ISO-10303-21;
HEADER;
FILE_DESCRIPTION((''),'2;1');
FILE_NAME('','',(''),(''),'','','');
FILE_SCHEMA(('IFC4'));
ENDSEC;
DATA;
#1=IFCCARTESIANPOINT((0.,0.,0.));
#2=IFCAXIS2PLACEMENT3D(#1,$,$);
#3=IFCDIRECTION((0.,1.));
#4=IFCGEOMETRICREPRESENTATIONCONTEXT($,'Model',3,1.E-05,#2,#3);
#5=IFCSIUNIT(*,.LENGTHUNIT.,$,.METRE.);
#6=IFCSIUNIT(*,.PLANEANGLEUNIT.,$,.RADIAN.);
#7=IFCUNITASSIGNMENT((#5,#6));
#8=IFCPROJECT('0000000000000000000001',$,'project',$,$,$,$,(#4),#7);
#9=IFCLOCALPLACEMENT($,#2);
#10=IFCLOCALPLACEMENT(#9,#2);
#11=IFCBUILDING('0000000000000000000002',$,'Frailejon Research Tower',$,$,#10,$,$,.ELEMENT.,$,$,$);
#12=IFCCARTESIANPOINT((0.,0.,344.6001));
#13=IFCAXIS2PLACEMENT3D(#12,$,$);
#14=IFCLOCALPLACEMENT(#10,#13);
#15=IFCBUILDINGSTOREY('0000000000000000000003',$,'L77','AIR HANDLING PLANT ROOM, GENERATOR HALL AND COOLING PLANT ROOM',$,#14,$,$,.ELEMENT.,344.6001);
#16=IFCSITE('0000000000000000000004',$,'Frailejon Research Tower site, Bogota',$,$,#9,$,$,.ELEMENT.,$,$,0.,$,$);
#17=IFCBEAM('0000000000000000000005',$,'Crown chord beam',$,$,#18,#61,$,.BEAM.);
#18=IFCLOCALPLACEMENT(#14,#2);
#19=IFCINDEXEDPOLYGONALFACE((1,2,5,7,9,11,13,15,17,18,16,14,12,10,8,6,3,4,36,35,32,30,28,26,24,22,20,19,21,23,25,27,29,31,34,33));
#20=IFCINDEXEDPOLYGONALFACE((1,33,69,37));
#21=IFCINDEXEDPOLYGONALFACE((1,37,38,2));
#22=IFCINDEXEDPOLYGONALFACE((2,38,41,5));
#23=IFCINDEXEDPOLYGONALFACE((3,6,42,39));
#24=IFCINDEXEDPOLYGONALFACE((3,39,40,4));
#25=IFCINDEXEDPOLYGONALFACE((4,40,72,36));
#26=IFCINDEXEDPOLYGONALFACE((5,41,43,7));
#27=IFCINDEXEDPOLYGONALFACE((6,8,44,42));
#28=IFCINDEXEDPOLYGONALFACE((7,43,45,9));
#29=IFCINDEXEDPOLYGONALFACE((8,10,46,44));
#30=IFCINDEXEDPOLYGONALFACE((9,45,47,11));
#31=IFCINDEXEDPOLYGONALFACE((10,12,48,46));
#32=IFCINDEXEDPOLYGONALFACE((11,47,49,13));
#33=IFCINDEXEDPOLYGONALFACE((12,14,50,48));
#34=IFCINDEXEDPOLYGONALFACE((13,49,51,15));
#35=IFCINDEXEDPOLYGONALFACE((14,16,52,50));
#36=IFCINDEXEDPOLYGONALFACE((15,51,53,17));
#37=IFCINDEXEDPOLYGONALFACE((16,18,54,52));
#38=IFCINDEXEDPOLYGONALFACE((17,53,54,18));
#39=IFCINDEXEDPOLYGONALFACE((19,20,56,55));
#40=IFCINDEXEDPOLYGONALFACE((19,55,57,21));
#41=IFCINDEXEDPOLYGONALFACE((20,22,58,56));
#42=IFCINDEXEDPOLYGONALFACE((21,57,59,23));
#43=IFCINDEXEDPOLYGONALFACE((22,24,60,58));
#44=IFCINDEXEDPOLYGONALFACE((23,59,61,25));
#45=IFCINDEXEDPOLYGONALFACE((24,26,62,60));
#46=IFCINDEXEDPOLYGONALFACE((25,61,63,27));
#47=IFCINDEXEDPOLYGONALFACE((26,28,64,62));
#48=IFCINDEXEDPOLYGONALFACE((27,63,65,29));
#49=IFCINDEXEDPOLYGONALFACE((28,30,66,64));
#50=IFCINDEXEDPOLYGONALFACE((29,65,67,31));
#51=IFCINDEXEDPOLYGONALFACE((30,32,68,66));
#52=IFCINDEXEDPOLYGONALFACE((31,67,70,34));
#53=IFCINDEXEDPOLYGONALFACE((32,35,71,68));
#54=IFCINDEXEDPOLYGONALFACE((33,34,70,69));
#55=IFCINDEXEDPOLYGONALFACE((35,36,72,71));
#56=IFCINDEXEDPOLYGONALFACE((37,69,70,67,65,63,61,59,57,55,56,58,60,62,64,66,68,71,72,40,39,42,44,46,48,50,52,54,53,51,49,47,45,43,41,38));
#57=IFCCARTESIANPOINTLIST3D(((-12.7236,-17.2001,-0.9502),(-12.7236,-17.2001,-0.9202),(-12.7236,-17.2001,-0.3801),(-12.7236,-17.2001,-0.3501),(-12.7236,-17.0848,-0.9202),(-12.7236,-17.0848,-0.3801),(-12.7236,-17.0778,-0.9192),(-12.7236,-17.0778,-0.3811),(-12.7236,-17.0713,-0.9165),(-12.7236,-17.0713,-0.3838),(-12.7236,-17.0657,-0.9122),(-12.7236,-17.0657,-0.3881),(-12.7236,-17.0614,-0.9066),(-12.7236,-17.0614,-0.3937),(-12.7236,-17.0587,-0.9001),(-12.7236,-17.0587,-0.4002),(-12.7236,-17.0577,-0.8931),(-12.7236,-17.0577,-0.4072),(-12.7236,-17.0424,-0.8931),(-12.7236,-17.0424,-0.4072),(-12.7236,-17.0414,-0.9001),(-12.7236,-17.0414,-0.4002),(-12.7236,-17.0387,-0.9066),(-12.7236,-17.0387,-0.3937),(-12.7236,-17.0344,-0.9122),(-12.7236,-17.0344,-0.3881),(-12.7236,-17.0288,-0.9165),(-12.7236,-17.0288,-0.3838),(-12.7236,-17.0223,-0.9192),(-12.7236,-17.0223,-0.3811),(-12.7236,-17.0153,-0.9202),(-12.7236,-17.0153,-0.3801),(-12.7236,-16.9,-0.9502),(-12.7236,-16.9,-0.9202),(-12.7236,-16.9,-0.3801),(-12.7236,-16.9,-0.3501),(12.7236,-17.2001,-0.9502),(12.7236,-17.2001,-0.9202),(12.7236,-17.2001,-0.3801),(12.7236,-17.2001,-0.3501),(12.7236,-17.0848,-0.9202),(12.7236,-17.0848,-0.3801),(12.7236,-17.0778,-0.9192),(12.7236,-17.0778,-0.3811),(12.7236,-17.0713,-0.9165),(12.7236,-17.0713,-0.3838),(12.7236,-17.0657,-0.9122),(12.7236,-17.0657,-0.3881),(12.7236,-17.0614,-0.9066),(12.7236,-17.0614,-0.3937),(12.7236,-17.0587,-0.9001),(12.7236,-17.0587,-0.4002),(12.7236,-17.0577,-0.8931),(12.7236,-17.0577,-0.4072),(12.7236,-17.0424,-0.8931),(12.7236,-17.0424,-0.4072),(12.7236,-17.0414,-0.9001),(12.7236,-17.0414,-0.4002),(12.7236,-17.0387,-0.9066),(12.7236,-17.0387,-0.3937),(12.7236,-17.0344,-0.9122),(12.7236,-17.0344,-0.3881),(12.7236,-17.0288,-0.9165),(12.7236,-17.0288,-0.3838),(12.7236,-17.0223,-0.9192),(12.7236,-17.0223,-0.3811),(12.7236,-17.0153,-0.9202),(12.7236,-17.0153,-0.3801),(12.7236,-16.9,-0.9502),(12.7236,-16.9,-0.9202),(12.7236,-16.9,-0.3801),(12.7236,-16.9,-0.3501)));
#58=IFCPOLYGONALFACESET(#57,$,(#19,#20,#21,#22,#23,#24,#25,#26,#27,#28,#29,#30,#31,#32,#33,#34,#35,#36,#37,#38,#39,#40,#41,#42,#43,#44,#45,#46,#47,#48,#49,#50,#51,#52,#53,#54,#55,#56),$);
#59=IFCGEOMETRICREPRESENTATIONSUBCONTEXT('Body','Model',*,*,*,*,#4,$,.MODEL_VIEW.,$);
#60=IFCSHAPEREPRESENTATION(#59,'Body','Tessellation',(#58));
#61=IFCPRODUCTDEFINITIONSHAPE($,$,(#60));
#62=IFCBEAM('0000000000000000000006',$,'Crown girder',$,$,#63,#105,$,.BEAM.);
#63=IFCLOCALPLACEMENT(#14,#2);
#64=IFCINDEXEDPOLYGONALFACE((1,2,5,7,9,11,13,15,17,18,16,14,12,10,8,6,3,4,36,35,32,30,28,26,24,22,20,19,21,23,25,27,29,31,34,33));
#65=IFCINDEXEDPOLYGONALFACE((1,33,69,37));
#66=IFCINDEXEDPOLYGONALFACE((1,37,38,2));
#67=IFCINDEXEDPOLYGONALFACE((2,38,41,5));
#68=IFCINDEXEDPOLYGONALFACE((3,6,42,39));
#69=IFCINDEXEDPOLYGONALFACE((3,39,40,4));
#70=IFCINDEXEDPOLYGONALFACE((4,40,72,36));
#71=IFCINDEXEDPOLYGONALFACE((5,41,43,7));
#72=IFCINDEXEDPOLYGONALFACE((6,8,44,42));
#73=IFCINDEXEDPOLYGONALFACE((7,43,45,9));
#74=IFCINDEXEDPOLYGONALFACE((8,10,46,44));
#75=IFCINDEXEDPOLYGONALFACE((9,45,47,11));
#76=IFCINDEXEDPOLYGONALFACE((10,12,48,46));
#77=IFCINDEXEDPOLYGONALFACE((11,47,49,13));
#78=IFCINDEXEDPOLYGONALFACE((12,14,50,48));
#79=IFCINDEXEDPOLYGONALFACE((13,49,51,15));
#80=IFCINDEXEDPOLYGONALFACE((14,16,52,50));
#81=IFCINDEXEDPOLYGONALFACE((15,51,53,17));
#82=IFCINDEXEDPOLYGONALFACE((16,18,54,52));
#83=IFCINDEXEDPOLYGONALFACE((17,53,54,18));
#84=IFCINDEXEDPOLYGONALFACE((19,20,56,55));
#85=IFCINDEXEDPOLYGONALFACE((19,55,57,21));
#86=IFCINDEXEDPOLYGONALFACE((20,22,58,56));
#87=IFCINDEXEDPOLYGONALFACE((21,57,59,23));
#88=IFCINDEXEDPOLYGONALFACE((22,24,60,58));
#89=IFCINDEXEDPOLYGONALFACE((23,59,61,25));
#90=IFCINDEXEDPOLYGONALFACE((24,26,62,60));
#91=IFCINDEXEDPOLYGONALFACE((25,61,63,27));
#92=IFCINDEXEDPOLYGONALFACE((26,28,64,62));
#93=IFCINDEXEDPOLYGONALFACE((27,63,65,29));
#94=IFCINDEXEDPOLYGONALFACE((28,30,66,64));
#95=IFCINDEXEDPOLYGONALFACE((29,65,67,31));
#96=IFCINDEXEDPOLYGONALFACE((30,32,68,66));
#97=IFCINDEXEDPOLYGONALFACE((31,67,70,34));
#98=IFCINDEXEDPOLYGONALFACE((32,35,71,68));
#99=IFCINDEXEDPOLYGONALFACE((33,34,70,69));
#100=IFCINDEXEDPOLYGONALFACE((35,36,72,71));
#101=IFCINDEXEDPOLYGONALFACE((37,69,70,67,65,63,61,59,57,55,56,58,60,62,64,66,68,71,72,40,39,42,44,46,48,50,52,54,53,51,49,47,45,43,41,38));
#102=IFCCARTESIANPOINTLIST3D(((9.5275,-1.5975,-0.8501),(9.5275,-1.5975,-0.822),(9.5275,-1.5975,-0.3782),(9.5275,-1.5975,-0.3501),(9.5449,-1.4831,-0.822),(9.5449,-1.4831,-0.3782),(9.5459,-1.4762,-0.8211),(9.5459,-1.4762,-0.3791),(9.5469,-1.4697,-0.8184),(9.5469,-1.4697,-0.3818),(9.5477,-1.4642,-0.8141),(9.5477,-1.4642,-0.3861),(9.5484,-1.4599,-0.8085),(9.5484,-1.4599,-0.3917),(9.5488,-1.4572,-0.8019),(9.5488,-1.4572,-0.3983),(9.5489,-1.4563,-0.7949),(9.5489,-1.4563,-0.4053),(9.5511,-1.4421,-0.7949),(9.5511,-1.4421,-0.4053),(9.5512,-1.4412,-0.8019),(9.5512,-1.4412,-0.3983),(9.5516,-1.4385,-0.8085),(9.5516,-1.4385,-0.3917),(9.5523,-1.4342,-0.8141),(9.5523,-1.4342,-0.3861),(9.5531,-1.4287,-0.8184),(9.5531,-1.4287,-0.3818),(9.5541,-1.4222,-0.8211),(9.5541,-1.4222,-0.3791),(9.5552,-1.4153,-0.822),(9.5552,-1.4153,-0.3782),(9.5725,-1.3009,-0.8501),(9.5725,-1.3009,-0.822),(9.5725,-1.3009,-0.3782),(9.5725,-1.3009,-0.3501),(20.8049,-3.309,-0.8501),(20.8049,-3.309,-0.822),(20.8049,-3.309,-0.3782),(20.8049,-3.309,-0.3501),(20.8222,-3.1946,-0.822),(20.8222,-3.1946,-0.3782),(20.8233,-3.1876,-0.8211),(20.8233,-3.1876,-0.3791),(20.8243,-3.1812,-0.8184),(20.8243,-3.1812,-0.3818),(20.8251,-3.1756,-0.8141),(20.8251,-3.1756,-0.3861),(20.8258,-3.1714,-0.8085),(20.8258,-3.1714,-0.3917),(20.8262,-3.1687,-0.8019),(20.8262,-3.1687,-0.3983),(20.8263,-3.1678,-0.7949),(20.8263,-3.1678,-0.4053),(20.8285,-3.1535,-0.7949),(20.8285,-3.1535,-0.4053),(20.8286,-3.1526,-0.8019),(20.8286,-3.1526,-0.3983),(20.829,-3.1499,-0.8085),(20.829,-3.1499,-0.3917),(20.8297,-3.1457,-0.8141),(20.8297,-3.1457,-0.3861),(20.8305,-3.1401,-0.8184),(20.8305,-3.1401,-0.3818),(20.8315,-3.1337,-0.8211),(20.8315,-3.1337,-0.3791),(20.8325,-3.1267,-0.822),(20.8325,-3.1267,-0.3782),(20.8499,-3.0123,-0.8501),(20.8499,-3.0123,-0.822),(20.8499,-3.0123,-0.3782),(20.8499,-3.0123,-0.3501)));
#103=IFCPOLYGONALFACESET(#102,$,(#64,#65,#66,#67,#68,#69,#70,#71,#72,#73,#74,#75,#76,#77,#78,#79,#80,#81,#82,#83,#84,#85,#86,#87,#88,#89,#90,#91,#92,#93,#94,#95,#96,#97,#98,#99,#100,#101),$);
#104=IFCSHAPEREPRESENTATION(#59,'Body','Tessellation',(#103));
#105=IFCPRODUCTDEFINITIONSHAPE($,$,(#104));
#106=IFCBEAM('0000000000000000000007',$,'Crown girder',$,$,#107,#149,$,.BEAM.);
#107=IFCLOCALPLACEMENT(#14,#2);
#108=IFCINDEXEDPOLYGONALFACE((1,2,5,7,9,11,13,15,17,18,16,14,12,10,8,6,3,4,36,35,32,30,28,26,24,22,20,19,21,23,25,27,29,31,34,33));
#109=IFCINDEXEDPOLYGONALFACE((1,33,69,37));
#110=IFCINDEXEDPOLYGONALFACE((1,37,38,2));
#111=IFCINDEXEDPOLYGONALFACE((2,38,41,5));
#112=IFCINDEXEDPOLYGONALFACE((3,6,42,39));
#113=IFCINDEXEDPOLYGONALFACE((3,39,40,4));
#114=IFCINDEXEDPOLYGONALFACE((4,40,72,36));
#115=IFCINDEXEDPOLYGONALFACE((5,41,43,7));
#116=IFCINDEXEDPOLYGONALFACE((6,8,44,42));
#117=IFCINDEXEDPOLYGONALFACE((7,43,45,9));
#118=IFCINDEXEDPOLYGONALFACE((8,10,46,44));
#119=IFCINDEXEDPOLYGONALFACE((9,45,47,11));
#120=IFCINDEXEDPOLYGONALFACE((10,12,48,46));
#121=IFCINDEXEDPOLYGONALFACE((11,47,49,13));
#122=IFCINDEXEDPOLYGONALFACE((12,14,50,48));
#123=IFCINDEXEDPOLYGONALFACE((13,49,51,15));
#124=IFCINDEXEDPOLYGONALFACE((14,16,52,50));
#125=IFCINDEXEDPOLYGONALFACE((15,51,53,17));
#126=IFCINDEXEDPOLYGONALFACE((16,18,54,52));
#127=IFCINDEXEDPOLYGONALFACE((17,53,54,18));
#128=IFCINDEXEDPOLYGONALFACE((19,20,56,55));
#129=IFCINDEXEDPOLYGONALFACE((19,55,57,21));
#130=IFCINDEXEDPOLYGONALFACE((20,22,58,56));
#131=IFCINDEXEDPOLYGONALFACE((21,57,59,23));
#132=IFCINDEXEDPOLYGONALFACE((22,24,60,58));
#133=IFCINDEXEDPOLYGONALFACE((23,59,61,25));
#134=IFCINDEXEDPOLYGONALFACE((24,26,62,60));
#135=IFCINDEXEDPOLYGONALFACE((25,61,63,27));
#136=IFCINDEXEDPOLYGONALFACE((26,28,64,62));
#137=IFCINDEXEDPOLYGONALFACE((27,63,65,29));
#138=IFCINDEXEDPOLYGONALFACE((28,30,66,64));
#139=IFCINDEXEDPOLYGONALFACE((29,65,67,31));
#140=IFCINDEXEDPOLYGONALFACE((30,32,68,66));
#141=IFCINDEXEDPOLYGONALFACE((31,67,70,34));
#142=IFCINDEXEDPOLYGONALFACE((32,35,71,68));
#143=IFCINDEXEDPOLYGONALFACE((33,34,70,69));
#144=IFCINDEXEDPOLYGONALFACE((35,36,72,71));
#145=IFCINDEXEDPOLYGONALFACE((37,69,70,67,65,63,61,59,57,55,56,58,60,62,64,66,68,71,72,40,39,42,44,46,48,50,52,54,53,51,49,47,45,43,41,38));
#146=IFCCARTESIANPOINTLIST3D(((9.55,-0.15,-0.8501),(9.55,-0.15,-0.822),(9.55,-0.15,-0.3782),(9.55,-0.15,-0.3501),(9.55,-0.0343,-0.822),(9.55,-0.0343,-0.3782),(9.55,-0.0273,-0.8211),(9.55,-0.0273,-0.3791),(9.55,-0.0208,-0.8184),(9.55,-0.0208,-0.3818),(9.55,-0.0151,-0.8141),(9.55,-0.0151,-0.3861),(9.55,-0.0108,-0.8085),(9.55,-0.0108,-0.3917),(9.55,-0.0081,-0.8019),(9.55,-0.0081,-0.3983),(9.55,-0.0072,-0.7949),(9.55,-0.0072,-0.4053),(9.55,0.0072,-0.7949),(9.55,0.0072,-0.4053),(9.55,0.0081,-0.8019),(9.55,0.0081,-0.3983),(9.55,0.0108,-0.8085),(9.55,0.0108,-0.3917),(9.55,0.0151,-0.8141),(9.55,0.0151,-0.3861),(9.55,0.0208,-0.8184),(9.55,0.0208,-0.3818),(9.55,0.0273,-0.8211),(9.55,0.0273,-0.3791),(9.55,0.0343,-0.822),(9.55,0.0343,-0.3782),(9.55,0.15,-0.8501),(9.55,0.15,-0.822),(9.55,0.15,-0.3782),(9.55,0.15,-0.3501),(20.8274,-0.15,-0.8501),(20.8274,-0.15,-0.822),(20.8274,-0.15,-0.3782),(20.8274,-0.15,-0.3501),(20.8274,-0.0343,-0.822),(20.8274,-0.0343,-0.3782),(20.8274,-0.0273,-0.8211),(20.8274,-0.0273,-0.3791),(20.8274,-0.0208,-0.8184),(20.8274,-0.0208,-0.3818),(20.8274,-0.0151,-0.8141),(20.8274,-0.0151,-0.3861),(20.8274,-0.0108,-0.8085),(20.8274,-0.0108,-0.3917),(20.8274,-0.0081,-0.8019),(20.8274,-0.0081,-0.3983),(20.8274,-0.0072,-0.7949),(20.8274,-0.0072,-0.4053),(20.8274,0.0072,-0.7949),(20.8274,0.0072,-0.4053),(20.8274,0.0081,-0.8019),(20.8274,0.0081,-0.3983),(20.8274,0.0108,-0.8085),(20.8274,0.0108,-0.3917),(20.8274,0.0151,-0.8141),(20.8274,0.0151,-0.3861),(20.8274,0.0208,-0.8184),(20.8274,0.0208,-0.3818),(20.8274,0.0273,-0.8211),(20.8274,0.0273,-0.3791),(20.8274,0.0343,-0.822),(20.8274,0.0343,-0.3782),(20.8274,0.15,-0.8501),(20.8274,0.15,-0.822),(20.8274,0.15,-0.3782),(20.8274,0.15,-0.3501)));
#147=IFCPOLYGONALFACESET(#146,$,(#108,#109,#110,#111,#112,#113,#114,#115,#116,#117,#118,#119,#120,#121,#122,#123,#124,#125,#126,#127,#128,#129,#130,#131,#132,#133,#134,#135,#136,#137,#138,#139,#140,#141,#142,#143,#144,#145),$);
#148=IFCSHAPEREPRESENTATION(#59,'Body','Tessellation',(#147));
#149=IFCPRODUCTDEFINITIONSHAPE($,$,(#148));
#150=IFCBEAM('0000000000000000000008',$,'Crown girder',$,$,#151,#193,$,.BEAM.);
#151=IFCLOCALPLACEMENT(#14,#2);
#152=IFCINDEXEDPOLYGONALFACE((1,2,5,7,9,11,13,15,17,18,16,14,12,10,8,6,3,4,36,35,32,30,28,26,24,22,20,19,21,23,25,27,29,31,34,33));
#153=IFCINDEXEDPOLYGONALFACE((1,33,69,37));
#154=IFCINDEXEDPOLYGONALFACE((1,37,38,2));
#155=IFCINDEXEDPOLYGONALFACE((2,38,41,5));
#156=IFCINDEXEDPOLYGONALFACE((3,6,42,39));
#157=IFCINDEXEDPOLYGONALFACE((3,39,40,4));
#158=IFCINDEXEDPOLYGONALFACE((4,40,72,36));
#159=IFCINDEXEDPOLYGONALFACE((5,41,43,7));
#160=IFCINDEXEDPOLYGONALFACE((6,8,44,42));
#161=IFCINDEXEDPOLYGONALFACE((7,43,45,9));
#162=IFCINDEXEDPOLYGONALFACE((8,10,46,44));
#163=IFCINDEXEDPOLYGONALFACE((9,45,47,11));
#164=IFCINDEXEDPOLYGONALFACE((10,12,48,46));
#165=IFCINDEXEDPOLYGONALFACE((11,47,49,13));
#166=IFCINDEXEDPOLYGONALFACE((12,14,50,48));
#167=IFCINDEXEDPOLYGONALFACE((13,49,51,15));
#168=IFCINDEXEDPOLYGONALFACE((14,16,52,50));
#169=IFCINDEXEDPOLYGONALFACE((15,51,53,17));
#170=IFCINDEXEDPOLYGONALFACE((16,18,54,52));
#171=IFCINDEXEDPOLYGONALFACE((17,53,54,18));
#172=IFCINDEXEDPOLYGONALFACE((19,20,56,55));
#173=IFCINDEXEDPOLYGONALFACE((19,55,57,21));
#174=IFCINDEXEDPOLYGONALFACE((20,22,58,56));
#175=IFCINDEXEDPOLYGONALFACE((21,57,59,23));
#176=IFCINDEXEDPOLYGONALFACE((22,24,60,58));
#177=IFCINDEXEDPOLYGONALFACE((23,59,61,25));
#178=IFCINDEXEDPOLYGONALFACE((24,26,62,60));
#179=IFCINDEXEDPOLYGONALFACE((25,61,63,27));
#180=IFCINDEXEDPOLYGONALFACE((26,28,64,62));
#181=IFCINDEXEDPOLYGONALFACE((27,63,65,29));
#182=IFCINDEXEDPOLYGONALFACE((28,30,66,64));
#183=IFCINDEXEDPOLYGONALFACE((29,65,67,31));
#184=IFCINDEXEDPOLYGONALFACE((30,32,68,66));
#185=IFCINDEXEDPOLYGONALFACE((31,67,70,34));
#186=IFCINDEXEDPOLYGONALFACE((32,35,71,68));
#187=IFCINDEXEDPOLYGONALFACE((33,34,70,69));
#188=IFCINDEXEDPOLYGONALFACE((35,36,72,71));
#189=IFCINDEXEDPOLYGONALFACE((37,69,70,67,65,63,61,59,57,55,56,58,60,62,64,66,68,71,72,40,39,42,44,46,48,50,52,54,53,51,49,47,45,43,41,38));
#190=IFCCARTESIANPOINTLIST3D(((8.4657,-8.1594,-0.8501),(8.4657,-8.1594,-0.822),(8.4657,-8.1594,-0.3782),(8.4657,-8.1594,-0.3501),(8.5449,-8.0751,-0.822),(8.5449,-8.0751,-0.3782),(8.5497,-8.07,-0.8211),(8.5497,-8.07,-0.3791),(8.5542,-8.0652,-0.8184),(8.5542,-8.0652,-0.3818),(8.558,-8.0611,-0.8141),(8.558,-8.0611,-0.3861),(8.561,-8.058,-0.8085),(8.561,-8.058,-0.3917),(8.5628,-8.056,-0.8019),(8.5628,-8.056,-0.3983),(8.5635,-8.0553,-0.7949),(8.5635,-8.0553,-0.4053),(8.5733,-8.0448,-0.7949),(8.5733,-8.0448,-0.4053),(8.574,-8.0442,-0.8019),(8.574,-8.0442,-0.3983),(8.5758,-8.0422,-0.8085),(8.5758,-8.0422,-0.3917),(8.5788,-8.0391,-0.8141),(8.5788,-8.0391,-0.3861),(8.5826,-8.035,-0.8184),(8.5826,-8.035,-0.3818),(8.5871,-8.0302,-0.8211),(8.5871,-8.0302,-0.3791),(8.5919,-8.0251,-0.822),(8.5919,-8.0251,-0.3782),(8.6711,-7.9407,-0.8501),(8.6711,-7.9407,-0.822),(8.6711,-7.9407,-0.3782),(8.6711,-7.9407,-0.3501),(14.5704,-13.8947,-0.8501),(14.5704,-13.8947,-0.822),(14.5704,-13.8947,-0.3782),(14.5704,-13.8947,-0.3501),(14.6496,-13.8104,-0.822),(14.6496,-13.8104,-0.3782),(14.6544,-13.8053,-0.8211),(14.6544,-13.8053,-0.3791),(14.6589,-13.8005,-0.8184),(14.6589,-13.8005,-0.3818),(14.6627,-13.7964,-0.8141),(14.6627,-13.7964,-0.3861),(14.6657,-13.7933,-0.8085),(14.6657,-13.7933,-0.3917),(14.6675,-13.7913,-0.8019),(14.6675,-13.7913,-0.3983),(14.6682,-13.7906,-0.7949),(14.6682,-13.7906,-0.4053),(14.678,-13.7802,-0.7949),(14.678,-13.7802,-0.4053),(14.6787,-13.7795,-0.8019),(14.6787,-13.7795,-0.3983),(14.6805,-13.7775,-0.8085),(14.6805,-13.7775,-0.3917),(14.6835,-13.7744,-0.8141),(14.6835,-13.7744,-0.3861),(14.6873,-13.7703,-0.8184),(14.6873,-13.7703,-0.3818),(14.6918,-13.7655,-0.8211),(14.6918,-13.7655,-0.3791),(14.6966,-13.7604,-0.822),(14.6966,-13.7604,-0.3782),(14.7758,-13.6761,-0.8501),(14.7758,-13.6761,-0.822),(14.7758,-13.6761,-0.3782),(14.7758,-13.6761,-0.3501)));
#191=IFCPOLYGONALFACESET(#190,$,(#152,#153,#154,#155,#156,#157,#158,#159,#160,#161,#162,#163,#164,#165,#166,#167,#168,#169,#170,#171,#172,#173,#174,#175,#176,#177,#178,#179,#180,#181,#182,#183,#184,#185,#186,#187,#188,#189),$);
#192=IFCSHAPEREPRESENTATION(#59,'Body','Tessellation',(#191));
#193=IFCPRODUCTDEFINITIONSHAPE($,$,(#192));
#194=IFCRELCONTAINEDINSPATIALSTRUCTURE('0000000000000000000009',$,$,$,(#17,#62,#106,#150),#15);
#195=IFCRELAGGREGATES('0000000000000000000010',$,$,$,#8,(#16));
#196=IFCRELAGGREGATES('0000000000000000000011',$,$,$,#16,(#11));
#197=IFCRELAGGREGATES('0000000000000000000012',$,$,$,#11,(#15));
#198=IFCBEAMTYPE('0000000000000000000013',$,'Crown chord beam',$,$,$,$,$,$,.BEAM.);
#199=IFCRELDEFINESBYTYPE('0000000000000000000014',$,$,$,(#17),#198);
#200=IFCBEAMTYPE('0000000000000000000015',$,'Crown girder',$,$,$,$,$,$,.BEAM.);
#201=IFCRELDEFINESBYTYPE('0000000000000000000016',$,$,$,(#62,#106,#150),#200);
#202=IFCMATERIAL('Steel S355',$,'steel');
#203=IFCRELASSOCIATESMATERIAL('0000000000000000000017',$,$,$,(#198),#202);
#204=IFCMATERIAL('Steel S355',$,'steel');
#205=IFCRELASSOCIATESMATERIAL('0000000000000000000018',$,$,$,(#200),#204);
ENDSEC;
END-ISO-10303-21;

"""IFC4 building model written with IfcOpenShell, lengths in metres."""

from ifc_helpers import new_model, si_unit, direction, frame, origin, origin_2d, place, context, subcontext, project, spatial, i_section, extrude, material, material_profile, profile_set, type_object, element, save


model = new_model("IFC4")

# Units and contexts
model_context = context("Model", 3, precision=1e-05, world=origin(), true_north=direction((0.0, 1.0)))
body_context = subcontext(model_context, "Body", "Model", "MODEL_VIEW")
ifc_project = project(units=[si_unit("LENGTHUNIT", "METRE"), si_unit("PLANEANGLEUNIT", "RADIAN")], contexts=[model_context])

# Site, building, storey
site_placement = place(None, origin())
site = spatial("IfcSite", under=ifc_project, at=site_placement, Name="Frailejon Research Tower site, Bogota", CompositionType="ELEMENT", RefElevation=0.0)
building_placement = place(site_placement, origin())
building = spatial("IfcBuilding", under=site, at=building_placement, Name="Frailejon Research Tower", CompositionType="ELEMENT")
storey_placement = place(building_placement, frame((0.0, 0.0, 344.6001)))
storey = spatial("IfcBuildingStorey", under=building, at=storey_placement, Name="L77", Description="AIR HANDLING PLANT ROOM, GENERATOR HALL AND COOLING PLANT ROOM", CompositionType="ELEMENT", Elevation=344.6001)

# Beams
ifc_material_1 = material(Name="Steel S355", Category="steel")
ifc_material_profile_1 = material_profile(ifc_material_1, i_section(OverallWidth=0.3, OverallDepth=0.6001, WebThickness=0.0154, FlangeThickness=0.03, FilletRadius=0.0271, at=origin_2d()), Name="HE 600 B")
ifc_profile_set_1 = profile_set([ifc_material_profile_1], Name="Steel S355")
beam_type_1 = type_object("IfcBeamType", Name="Crown chord beam", PredefinedType="BEAM", material=ifc_profile_set_1)
beam_1_placement = place(storey_placement, frame((12.7236, -17.05, -0.6501), z_axis=(-1.0, 0.0, 0.0), x_axis=(0.0, -1.0, 0.0)))
element("IfcBeam", 1, at=beam_1_placement, inside=storey, type_object=beam_type_1, Name="Crown chord beam", PredefinedType="BEAM", context=body_context, shape_type="SweptSolid", body=[
    extrude(i_section(OverallWidth=0.3, OverallDepth=0.6001, WebThickness=0.0154, FlangeThickness=0.03, FilletRadius=0.0271, at=origin_2d()), origin(), (0.0, 0.0, 1.0), 25.4473),
])
ifc_material_2 = material(Name="Steel S355", Category="steel")
ifc_material_profile_2 = material_profile(ifc_material_2, i_section(OverallWidth=0.3, OverallDepth=0.5, WebThickness=0.0144, FlangeThickness=0.0281, FilletRadius=0.0271, at=origin_2d()), Name="HE 500 B")
ifc_profile_set_2 = profile_set([ifc_material_profile_2], Name="Steel S355")
beam_type_2 = type_object("IfcBeamType", Name="Crown girder", PredefinedType="BEAM", material=ifc_profile_set_2)
beam_2_placement = place(storey_placement, frame((20.8274, -3.1606, -0.6001), z_axis=(-0.98868, 0.15004, 0.0), x_axis=(-0.15004, -0.98868, 0.0)))
element("IfcBeam", 2, at=beam_2_placement, inside=storey, type_object=beam_type_2, Name="Crown girder", PredefinedType="BEAM", context=body_context, shape_type="SweptSolid", body=[
    extrude(i_section(OverallWidth=0.3, OverallDepth=0.5, WebThickness=0.0144, FlangeThickness=0.0281, FilletRadius=0.0271, at=origin_2d()), origin(), (0.0, 0.0, 1.0), 11.4065),
])
beam_3_placement = place(storey_placement, frame((20.8274, 0.0, -0.6001), z_axis=(-1.0, 0.0, 0.0), x_axis=(0.0, -1.0, 0.0)))
element("IfcBeam", 3, at=beam_3_placement, inside=storey, type_object=beam_type_2, Name="Crown girder", PredefinedType="BEAM", context=body_context, shape_type="SweptSolid", body=[
    extrude(i_section(OverallWidth=0.3, OverallDepth=0.5, WebThickness=0.0144, FlangeThickness=0.0281, FilletRadius=0.0271, at=origin_2d()), origin(), (0.0, 0.0, 1.0), 11.2773),
])
beam_4_placement = place(storey_placement, frame((14.6731, -13.7854, -0.6001), z_axis=(-0.728812, 0.684713, 0.0), x_axis=(-0.684713, -0.728812, 0.0)))
element("IfcBeam", 4, at=beam_4_placement, inside=storey, type_object=beam_type_2, Name="Crown girder", PredefinedType="BEAM", context=body_context, shape_type="SweptSolid", body=[
    extrude(i_section(OverallWidth=0.3, OverallDepth=0.5, WebThickness=0.0144, FlangeThickness=0.0281, FilletRadius=0.0271, at=origin_2d()), origin(), (0.0, 0.0, 1.0), 8.3762),
])

save(model, "model.ifc")
